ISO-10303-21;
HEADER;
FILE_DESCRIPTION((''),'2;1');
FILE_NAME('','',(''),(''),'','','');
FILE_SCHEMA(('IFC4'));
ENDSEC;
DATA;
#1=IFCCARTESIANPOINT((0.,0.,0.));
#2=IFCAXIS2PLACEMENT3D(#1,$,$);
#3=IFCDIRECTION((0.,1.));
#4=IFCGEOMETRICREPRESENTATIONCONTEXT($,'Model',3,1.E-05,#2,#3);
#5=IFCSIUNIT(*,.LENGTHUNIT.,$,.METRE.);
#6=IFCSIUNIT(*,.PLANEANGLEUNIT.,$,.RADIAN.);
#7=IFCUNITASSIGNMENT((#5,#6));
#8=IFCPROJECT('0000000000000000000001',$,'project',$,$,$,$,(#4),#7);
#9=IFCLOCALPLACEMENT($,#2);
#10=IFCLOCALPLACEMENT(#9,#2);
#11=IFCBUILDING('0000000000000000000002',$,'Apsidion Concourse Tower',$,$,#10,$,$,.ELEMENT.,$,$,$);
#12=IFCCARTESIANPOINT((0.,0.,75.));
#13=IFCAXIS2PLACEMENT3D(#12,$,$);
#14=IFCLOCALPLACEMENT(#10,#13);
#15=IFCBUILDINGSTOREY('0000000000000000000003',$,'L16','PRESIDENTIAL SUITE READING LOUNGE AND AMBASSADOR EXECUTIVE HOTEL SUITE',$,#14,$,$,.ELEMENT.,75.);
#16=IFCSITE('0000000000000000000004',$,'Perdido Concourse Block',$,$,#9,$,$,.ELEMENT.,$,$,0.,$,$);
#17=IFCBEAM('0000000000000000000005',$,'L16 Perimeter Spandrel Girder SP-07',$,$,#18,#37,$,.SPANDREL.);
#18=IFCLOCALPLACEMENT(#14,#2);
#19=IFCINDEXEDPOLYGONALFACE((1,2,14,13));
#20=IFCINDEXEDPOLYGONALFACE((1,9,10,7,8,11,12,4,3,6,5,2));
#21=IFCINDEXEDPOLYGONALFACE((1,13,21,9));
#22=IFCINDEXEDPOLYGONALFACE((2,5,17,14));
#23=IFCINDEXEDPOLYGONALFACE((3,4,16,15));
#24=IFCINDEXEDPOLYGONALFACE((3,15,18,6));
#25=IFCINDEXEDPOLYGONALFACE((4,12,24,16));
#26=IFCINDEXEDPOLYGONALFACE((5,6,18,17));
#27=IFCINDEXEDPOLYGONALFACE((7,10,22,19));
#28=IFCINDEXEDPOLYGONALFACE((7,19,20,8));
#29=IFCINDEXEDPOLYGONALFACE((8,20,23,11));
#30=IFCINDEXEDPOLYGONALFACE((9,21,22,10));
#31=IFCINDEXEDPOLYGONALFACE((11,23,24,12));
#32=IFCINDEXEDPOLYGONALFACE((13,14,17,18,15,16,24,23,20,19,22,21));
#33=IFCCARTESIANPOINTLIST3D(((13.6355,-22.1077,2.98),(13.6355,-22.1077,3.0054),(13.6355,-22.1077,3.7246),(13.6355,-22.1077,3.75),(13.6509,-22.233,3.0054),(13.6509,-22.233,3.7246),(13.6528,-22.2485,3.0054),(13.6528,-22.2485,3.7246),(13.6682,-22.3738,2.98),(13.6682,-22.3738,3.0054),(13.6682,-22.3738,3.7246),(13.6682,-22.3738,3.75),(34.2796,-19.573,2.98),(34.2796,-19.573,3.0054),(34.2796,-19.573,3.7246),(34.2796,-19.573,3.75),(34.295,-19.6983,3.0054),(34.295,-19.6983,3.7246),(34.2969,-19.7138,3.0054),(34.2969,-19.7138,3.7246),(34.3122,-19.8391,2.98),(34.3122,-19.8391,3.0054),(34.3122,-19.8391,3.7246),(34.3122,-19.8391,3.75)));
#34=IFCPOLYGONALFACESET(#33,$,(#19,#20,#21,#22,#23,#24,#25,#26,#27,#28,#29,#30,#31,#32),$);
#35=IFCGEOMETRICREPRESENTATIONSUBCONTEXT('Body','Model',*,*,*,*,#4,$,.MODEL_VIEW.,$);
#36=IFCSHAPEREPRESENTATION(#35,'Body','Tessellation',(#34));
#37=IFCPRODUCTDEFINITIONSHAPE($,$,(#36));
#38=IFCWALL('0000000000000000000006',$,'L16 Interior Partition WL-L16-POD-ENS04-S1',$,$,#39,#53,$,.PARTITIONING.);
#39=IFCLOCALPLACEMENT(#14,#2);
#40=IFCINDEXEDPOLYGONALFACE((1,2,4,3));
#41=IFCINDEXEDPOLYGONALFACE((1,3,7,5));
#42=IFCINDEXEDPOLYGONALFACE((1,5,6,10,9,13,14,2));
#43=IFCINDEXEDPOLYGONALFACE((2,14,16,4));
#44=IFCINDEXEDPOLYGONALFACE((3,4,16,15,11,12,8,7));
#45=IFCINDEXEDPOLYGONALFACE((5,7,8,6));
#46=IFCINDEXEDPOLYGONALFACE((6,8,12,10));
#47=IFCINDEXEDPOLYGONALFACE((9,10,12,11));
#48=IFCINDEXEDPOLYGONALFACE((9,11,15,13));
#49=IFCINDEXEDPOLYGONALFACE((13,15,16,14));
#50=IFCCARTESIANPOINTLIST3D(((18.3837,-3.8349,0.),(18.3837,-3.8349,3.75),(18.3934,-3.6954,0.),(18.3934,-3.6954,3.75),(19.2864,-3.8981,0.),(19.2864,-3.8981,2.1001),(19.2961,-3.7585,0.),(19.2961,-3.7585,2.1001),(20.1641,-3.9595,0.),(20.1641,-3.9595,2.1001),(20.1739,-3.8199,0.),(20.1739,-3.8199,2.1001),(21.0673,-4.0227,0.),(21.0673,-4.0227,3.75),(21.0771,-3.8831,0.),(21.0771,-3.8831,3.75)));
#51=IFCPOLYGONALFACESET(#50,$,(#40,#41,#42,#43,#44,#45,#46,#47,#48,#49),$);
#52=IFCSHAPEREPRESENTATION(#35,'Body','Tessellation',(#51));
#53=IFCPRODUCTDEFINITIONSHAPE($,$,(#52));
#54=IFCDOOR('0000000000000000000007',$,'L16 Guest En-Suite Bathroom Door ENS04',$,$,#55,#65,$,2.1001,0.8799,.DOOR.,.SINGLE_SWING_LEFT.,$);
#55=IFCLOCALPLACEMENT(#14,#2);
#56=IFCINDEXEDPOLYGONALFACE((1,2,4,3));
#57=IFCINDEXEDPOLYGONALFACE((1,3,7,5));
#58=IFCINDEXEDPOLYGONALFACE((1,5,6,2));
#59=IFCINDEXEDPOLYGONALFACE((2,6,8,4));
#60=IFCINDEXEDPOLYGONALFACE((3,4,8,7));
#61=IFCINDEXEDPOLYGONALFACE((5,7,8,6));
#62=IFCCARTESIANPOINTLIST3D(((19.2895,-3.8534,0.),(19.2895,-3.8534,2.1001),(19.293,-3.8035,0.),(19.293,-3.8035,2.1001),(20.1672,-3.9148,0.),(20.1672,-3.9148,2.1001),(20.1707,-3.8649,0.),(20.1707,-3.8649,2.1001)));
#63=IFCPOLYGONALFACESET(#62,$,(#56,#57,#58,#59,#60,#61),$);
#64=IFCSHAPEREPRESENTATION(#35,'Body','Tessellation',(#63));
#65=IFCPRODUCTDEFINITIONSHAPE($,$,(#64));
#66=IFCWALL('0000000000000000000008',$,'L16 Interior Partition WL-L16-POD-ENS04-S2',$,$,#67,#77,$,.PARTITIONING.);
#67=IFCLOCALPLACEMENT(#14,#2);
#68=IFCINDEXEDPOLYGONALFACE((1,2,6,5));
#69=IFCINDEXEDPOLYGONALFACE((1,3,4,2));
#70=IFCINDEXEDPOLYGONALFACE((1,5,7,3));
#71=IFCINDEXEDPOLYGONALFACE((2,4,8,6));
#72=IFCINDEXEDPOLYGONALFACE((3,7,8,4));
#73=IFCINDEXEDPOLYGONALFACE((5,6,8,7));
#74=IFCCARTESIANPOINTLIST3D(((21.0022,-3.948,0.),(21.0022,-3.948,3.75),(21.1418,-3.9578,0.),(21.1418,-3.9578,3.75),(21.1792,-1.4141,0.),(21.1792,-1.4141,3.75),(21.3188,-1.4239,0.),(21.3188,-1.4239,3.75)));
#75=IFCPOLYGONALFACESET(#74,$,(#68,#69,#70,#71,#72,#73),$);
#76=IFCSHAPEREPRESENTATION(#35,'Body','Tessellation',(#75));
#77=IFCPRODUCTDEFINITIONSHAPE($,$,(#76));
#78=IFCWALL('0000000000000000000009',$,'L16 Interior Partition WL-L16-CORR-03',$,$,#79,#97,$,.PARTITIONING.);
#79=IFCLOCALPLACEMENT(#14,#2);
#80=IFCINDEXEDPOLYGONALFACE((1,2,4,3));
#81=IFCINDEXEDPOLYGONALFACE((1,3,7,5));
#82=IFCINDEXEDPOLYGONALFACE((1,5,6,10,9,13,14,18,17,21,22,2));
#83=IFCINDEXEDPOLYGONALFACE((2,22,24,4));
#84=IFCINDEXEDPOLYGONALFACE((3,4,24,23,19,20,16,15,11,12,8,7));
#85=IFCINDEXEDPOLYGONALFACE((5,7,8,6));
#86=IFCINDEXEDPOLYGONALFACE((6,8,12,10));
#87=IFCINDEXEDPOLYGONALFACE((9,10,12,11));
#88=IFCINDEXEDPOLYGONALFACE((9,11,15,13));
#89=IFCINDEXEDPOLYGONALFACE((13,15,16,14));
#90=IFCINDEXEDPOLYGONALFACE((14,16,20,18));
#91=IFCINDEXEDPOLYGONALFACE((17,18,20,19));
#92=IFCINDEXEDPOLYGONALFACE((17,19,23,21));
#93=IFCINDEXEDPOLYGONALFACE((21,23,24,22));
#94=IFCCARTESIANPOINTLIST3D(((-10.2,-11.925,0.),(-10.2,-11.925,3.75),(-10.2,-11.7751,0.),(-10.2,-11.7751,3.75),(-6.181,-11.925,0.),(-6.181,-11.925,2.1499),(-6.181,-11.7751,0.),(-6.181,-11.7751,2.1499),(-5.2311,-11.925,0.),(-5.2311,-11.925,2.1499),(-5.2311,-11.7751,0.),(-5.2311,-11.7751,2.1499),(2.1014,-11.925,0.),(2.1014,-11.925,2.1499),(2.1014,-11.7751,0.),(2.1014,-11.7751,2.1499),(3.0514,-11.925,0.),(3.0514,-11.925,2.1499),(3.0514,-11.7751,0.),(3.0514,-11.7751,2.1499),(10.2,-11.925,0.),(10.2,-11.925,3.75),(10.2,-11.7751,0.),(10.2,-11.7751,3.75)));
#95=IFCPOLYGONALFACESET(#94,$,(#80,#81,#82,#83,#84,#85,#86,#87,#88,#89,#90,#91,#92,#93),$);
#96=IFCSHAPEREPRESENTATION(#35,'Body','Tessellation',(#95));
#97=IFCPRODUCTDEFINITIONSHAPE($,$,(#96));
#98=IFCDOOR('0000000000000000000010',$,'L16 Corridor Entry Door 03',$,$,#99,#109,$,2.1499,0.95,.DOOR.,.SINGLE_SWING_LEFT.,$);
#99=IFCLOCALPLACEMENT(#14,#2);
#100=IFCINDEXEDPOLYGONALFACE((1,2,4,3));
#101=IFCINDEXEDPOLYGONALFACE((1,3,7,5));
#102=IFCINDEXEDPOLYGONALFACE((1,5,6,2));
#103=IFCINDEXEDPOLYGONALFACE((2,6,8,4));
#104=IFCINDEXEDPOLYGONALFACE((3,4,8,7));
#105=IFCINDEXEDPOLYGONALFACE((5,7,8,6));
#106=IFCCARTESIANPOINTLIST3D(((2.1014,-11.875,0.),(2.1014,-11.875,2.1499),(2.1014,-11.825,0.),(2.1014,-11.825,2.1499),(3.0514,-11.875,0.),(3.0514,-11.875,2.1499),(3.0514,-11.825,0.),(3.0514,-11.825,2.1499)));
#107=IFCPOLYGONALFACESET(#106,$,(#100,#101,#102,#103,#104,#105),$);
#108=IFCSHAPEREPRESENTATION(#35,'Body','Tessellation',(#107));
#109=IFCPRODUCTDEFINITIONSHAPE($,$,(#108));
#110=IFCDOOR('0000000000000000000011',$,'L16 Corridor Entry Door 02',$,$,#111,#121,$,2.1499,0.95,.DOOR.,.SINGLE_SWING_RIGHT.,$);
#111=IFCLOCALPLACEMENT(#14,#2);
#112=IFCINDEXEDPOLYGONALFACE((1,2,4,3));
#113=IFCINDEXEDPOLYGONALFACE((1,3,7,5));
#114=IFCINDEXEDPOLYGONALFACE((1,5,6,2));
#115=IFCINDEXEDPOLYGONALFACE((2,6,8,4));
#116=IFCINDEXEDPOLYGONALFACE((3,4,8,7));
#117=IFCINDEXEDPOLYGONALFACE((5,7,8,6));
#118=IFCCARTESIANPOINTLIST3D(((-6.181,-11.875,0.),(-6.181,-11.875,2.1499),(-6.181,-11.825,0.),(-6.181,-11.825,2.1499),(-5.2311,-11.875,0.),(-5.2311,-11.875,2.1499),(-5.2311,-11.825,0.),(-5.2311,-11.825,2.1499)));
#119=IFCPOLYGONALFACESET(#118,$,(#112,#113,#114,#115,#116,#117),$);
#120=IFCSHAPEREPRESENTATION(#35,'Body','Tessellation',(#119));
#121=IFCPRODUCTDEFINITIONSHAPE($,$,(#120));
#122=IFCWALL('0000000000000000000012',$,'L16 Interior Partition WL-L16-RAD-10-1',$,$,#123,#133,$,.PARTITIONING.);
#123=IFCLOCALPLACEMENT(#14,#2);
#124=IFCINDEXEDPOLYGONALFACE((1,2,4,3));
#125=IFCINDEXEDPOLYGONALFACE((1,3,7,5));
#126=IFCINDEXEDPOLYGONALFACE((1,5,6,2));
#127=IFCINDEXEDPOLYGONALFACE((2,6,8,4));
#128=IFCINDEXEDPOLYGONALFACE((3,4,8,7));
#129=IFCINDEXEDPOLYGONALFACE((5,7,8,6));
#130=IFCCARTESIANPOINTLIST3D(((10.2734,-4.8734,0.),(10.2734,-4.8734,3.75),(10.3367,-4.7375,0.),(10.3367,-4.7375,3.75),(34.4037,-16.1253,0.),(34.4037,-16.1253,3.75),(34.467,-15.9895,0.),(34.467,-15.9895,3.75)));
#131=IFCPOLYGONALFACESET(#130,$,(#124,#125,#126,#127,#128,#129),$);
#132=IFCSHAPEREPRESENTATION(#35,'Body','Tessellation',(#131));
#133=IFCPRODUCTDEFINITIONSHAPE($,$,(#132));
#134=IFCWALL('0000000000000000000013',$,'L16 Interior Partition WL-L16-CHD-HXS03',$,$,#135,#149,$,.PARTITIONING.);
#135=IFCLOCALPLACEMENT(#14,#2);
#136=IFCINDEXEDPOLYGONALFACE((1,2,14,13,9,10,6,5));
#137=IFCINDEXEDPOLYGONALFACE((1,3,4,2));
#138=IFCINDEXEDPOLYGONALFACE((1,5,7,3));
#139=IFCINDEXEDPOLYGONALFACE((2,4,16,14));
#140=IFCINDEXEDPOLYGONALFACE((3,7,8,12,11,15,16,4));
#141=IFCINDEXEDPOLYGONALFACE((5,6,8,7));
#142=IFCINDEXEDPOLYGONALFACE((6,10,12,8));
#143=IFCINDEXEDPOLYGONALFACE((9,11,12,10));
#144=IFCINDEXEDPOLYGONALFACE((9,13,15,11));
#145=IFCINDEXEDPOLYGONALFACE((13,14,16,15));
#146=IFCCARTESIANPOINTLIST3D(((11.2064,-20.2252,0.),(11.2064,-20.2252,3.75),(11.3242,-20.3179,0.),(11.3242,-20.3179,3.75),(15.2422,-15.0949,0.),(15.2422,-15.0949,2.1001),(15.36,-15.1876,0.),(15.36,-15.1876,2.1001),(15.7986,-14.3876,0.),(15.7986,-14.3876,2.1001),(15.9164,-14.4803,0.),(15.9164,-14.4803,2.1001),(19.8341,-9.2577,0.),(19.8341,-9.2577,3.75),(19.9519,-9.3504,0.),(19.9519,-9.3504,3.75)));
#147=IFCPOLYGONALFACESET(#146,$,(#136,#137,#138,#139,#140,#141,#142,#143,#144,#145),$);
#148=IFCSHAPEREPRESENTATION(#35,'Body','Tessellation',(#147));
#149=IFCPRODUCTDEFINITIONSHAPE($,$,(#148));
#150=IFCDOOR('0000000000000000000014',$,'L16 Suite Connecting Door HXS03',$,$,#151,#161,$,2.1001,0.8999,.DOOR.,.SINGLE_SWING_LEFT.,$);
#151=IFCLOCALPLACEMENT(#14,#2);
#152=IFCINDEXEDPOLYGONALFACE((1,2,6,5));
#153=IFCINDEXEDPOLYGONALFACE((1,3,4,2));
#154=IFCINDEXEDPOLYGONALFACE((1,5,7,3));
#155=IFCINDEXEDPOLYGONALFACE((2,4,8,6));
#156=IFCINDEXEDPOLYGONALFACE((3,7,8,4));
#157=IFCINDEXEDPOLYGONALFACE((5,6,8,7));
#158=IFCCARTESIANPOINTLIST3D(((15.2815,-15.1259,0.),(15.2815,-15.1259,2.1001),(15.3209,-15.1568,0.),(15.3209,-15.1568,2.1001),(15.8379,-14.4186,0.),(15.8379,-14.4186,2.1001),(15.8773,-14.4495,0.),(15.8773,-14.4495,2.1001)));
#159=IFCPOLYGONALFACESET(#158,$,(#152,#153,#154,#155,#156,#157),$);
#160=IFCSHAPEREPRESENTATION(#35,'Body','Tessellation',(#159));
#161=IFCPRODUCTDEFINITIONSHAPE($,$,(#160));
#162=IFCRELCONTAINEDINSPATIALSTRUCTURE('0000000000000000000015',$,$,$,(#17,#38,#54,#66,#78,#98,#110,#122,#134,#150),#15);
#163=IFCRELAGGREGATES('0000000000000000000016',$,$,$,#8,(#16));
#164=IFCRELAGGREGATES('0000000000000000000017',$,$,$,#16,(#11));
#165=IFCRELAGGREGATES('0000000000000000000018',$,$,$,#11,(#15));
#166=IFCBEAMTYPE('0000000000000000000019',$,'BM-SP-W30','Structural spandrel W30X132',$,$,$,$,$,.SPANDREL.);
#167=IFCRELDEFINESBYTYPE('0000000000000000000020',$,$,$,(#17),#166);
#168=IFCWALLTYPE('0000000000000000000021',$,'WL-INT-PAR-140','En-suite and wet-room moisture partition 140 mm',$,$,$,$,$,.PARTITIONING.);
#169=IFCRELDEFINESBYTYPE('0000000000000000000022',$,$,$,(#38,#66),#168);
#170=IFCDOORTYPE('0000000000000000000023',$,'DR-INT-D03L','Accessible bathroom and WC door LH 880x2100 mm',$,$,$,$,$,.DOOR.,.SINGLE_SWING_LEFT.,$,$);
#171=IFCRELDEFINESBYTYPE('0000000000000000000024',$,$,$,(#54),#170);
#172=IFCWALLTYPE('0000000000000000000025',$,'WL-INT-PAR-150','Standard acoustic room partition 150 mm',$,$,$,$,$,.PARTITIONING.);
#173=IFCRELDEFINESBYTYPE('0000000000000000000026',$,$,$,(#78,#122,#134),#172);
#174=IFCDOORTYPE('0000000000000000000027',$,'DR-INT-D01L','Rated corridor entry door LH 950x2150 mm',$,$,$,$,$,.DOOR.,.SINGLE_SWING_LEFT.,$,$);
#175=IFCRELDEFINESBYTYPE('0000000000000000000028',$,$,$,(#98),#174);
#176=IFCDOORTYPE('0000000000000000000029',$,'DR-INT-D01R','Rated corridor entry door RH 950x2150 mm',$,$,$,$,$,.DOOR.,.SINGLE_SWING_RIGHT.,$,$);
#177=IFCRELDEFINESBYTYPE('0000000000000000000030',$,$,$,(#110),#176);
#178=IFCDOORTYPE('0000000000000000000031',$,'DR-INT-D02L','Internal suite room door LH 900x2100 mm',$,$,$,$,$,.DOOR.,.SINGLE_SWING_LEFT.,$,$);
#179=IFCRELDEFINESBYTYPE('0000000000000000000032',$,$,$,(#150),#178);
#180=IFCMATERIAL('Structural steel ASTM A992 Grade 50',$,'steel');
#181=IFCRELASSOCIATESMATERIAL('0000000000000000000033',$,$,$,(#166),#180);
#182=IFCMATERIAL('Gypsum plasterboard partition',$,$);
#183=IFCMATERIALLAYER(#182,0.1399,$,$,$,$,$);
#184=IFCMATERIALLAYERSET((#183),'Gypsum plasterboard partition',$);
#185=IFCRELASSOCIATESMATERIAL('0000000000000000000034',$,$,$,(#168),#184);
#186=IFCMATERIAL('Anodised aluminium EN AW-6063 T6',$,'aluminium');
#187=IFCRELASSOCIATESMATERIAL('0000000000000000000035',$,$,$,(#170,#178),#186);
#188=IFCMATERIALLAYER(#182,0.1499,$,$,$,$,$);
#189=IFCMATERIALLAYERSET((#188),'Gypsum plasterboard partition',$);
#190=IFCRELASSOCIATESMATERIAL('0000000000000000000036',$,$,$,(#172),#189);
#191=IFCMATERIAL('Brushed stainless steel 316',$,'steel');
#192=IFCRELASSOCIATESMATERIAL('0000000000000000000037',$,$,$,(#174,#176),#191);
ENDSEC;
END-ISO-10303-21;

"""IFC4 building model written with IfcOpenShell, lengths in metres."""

from ifc_helpers import new_model, si_unit, direction, frame, frame_2d, origin, origin_2d, place, context, subcontext, project, spatial, rectangle, i_section, extrude, material, layer, layer_set, material_profile, profile_set, type_object, element, fill, save


model = new_model("IFC4")

# Units and contexts
model_context = context("Model", 3, precision=1e-05, world=origin(), true_north=direction((0.0, 1.0)))
body_context = subcontext(model_context, "Body", "Model", "MODEL_VIEW")
ifc_project = project(units=[si_unit("LENGTHUNIT", "METRE"), si_unit("PLANEANGLEUNIT", "RADIAN")], contexts=[model_context])

# Site, building, storey
site_placement = place(None, origin())
site = spatial("IfcSite", under=ifc_project, at=site_placement, Name="Perdido Concourse Block", CompositionType="ELEMENT", RefElevation=0.0)
building_placement = place(site_placement, origin())
building = spatial("IfcBuilding", under=site, at=building_placement, Name="Apsidion Concourse Tower", CompositionType="ELEMENT")
storey_placement = place(building_placement, frame((0.0, 0.0, 75.0)))
storey = spatial("IfcBuildingStorey", under=building, at=storey_placement, Name="L16", Description="PRESIDENTIAL SUITE READING LOUNGE AND AMBASSADOR EXECUTIVE HOTEL SUITE", CompositionType="ELEMENT", Elevation=75.0)

# Beam
ifc_material_1 = material(Name="Structural steel ASTM A992 Grade 50", Category="steel")
ifc_material_profile_1 = material_profile(ifc_material_1, i_section(OverallWidth=0.2681, OverallDepth=0.77, WebThickness=0.0156, FlangeThickness=0.0254, at=origin_2d()), Name="W30X132")
ifc_profile_set_1 = profile_set([ifc_material_profile_1], Name="Structural steel ASTM A992 Grade 50")
beam_type_1 = type_object("IfcBeamType", Name="BM-SP-W30", Description="Structural spandrel W30X132", PredefinedType="SPANDREL", material=ifc_profile_set_1)
beam_1_placement = place(storey_placement, frame((13.6519, -22.2407, 3.365), z_axis=(0.992547, 0.121865, 0.0), x_axis=(-0.121865, 0.992547, 0.0)))
element("IfcBeam", 1, at=beam_1_placement, inside=storey, type_object=beam_type_1, Name="L16 Perimeter Spandrel Girder SP-07", PredefinedType="SPANDREL", context=body_context, shape_type="SweptSolid", body=[
    extrude(i_section(OverallWidth=0.2681, OverallDepth=0.77, WebThickness=0.0156, FlangeThickness=0.0254, at=origin_2d()), origin(), (0.0, 0.0, 1.0), 20.7991),
])

# Wall, opening, door
ifc_material_2 = material(Name="Gypsum plasterboard partition")
ifc_layer_1 = layer(ifc_material_2, 0.1399)
ifc_layer_set_1 = layer_set([ifc_layer_1], Name="Gypsum plasterboard partition")
wall_type_1 = type_object("IfcWallType", Name="WL-INT-PAR-140", Description="En-suite and wet-room moisture partition 140 mm", PredefinedType="PARTITIONING", material=ifc_layer_set_1)
wall_1_placement = place(storey_placement, frame((18.3884, -3.7651, 0.0), z_axis=(0.0, 0.0, 1.0), x_axis=(0.997562, -0.069789, 0.0)))
wall_1 = element("IfcWall", 2, at=wall_1_placement, inside=storey, type_object=wall_type_1, Name="L16 Interior Partition WL-L16-POD-ENS04-S1", PredefinedType="PARTITIONING", context=body_context, shape_type="SweptSolid", body=[
    extrude(rectangle(XDim=2.6902, YDim=0.1399, at=frame_2d((1.3452, 0.0))), origin(), (0.0, 0.0, 1.0), 3.75),
])
opening_1_placement = place(wall_1_placement, frame((0.905, 0.0, 0.0)))
opening_1 = element("IfcOpeningElement", 3, at=opening_1_placement, cuts=wall_1, PredefinedType="OPENING", context=body_context, shape_type="SweptSolid", body=[
    extrude(rectangle(XDim=0.8799, YDim=2.1001, at=frame_2d((0.4399, 1.05))), frame((0.0, 0.0801, 0.0), z_axis=(0.0, -1.0, 0.0), x_axis=(1.0, 0.0, 0.0)), (0.0, 0.0, 1.0), 0.1599),
])
ifc_material_3 = material(Name="Anodised aluminium EN AW-6063 T6", Category="aluminium")
door_type_1 = type_object("IfcDoorType", Name="DR-INT-D03L", Description="Accessible bathroom and WC door LH 880x2100 mm", OperationType="SINGLE_SWING_LEFT", PredefinedType="DOOR", material=ifc_material_3)
door_1_placement = place(opening_1_placement, origin())
door_1 = element("IfcDoor", 4, at=door_1_placement, inside=storey, type_object=door_type_1, Name="L16 Guest En-Suite Bathroom Door ENS04", OperationType="SINGLE_SWING_LEFT", OverallHeight=2.1001, OverallWidth=0.8799, PredefinedType="DOOR", context=body_context, shape_type="SweptSolid", body=[
    extrude(rectangle(XDim=0.8799, YDim=2.1001, at=frame_2d((0.4399, 1.05))), frame((0.0, 0.0249, 0.0), z_axis=(0.0, -1.0, 0.0), x_axis=(1.0, 0.0, 0.0)), (0.0, 0.0, 1.0), 0.05),
])
fill(opening_1, door_1)

# Wall
wall_2_placement = place(storey_placement, frame((21.072, -3.9529, 0.0), z_axis=(0.0, 0.0, 1.0), x_axis=(0.069683, 0.997569, 0.0)))
element("IfcWall", 5, at=wall_2_placement, inside=storey, type_object=wall_type_1, Name="L16 Interior Partition WL-L16-POD-ENS04-S2", PredefinedType="PARTITIONING", context=body_context, shape_type="SweptSolid", body=[
    extrude(rectangle(XDim=2.54, YDim=0.1399, at=frame_2d((1.27, 0.0))), origin(), (0.0, 0.0, 1.0), 3.75),
])

# Wall, openings, doors
ifc_layer_2 = layer(ifc_material_2, 0.1499)
ifc_layer_set_2 = layer_set([ifc_layer_2], Name="Gypsum plasterboard partition")
wall_type_2 = type_object("IfcWallType", Name="WL-INT-PAR-150", Description="Standard acoustic room partition 150 mm", PredefinedType="PARTITIONING", material=ifc_layer_set_2)
wall_3_placement = place(storey_placement, frame((10.2, -11.8501, 0.0), z_axis=(0.0, 0.0, 1.0), x_axis=(-1.0, 0.0, 0.0)))
wall_3 = element("IfcWall", 6, at=wall_3_placement, inside=storey, type_object=wall_type_2, Name="L16 Interior Partition WL-L16-CORR-03", PredefinedType="PARTITIONING", context=body_context, shape_type="SweptSolid", body=[
    extrude(rectangle(XDim=20.3999, YDim=0.1499, at=frame_2d((10.2, 0.0))), origin(), (0.0, 0.0, 1.0), 3.75),
])
opening_2_placement = place(wall_3_placement, frame((15.4309, 0.0, 0.0)))
opening_2 = element("IfcOpeningElement", 7, at=opening_2_placement, cuts=wall_3, PredefinedType="OPENING", context=body_context, shape_type="SweptSolid", body=[
    extrude(rectangle(XDim=0.95, YDim=2.1499, at=frame_2d((0.4751, 1.075))), frame((0.0, 0.085, 0.0), z_axis=(0.0, -1.0, 0.0), x_axis=(1.0, 0.0, 0.0)), (0.0, 0.0, 1.0), 0.1699),
])
opening_3_placement = place(wall_3_placement, frame((7.1484, 0.0, 0.0)))
opening_3 = element("IfcOpeningElement", 8, at=opening_3_placement, cuts=wall_3, PredefinedType="OPENING", context=body_context, shape_type="SweptSolid", body=[
    extrude(rectangle(XDim=0.95, YDim=2.1499, at=frame_2d((0.4751, 1.075))), frame((0.0, 0.085, 0.0), z_axis=(0.0, -1.0, 0.0), x_axis=(1.0, 0.0, 0.0)), (0.0, 0.0, 1.0), 0.1699),
])
ifc_material_4 = material(Name="Brushed stainless steel 316", Category="steel")
door_type_2 = type_object("IfcDoorType", Name="DR-INT-D01L", Description="Rated corridor entry door LH 950x2150 mm", OperationType="SINGLE_SWING_LEFT", PredefinedType="DOOR", material=ifc_material_4)
door_2_placement = place(opening_3_placement, origin())
door_2 = element("IfcDoor", 9, at=door_2_placement, inside=storey, type_object=door_type_2, Name="L16 Corridor Entry Door 03", OperationType="SINGLE_SWING_LEFT", OverallHeight=2.1499, OverallWidth=0.95, PredefinedType="DOOR", context=body_context, shape_type="SweptSolid", body=[
    extrude(rectangle(XDim=0.95, YDim=2.1499, at=frame_2d((0.4751, 1.075))), frame((0.0, 0.0249, 0.0), z_axis=(0.0, -1.0, 0.0), x_axis=(1.0, 0.0, 0.0)), (0.0, 0.0, 1.0), 0.05),
])
fill(opening_3, door_2)
door_type_3 = type_object("IfcDoorType", Name="DR-INT-D01R", Description="Rated corridor entry door RH 950x2150 mm", OperationType="SINGLE_SWING_RIGHT", PredefinedType="DOOR", material=ifc_material_4)
door_3_placement = place(opening_2_placement, origin())
door_3 = element("IfcDoor", 10, at=door_3_placement, inside=storey, type_object=door_type_3, Name="L16 Corridor Entry Door 02", OperationType="SINGLE_SWING_RIGHT", OverallHeight=2.1499, OverallWidth=0.95, PredefinedType="DOOR", context=body_context, shape_type="SweptSolid", body=[
    extrude(rectangle(XDim=0.95, YDim=2.1499, at=frame_2d((0.4751, 1.075))), frame((0.0, 0.0249, 0.0), z_axis=(0.0, -1.0, 0.0), x_axis=(1.0, 0.0, 0.0)), (0.0, 0.0, 1.0), 0.05),
])
fill(opening_2, door_3)

# Wall
wall_4_placement = place(storey_placement, frame((10.3049, -4.8054, 0.0), z_axis=(0.0, 0.0, 1.0), x_axis=(0.906311, -0.422611, 0.0)))
element("IfcWall", 11, at=wall_4_placement, inside=storey, type_object=wall_type_2, Name="L16 Interior Partition WL-L16-RAD-10-1", PredefinedType="PARTITIONING", context=body_context, shape_type="SweptSolid", body=[
    extrude(rectangle(XDim=26.6248, YDim=0.1499, at=frame_2d((13.3125, 0.0))), origin(), (0.0, 0.0, 1.0), 3.75),
])

# Wall, opening, door
wall_5_placement = place(storey_placement, frame((11.2654, -20.2715, 0.0), z_axis=(0.0, 0.0, 1.0), x_axis=(0.61828, 0.785958, 0.0)))
wall_5 = element("IfcWall", 12, at=wall_5_placement, inside=storey, type_object=wall_type_2, Name="L16 Interior Partition WL-L16-CHD-HXS03", PredefinedType="PARTITIONING", context=body_context, shape_type="SweptSolid", body=[
    extrude(rectangle(XDim=13.9543, YDim=0.1499, at=frame_2d((6.9771, 0.0))), origin(), (0.0, 0.0, 1.0), 3.75),
])
opening_4_placement = place(wall_5_placement, frame((6.5273, 0.0, 0.0)))
opening_4 = element("IfcOpeningElement", 13, at=opening_4_placement, cuts=wall_5, PredefinedType="OPENING", context=body_context, shape_type="SweptSolid", body=[
    extrude(rectangle(XDim=0.8999, YDim=2.1001, at=frame_2d((0.45, 1.05))), frame((0.0, 0.085, 0.0), z_axis=(0.0, -1.0, 0.0), x_axis=(1.0, 0.0, 0.0)), (0.0, 0.0, 1.0), 0.1699),
])
door_type_4 = type_object("IfcDoorType", Name="DR-INT-D02L", Description="Internal suite room door LH 900x2100 mm", OperationType="SINGLE_SWING_LEFT", PredefinedType="DOOR", material=ifc_material_3)
door_4_placement = place(opening_4_placement, origin())
door_4 = element("IfcDoor", 14, at=door_4_placement, inside=storey, type_object=door_type_4, Name="L16 Suite Connecting Door HXS03", OperationType="SINGLE_SWING_LEFT", OverallHeight=2.1001, OverallWidth=0.8999, PredefinedType="DOOR", context=body_context, shape_type="SweptSolid", body=[
    extrude(rectangle(XDim=0.8999, YDim=2.1001, at=frame_2d((0.45, 1.05))), frame((0.0, 0.0249, 0.0), z_axis=(0.0, -1.0, 0.0), x_axis=(1.0, 0.0, 0.0)), (0.0, 0.0, 1.0), 0.05),
])
fill(opening_4, door_4)

save(model, "model.ifc")
